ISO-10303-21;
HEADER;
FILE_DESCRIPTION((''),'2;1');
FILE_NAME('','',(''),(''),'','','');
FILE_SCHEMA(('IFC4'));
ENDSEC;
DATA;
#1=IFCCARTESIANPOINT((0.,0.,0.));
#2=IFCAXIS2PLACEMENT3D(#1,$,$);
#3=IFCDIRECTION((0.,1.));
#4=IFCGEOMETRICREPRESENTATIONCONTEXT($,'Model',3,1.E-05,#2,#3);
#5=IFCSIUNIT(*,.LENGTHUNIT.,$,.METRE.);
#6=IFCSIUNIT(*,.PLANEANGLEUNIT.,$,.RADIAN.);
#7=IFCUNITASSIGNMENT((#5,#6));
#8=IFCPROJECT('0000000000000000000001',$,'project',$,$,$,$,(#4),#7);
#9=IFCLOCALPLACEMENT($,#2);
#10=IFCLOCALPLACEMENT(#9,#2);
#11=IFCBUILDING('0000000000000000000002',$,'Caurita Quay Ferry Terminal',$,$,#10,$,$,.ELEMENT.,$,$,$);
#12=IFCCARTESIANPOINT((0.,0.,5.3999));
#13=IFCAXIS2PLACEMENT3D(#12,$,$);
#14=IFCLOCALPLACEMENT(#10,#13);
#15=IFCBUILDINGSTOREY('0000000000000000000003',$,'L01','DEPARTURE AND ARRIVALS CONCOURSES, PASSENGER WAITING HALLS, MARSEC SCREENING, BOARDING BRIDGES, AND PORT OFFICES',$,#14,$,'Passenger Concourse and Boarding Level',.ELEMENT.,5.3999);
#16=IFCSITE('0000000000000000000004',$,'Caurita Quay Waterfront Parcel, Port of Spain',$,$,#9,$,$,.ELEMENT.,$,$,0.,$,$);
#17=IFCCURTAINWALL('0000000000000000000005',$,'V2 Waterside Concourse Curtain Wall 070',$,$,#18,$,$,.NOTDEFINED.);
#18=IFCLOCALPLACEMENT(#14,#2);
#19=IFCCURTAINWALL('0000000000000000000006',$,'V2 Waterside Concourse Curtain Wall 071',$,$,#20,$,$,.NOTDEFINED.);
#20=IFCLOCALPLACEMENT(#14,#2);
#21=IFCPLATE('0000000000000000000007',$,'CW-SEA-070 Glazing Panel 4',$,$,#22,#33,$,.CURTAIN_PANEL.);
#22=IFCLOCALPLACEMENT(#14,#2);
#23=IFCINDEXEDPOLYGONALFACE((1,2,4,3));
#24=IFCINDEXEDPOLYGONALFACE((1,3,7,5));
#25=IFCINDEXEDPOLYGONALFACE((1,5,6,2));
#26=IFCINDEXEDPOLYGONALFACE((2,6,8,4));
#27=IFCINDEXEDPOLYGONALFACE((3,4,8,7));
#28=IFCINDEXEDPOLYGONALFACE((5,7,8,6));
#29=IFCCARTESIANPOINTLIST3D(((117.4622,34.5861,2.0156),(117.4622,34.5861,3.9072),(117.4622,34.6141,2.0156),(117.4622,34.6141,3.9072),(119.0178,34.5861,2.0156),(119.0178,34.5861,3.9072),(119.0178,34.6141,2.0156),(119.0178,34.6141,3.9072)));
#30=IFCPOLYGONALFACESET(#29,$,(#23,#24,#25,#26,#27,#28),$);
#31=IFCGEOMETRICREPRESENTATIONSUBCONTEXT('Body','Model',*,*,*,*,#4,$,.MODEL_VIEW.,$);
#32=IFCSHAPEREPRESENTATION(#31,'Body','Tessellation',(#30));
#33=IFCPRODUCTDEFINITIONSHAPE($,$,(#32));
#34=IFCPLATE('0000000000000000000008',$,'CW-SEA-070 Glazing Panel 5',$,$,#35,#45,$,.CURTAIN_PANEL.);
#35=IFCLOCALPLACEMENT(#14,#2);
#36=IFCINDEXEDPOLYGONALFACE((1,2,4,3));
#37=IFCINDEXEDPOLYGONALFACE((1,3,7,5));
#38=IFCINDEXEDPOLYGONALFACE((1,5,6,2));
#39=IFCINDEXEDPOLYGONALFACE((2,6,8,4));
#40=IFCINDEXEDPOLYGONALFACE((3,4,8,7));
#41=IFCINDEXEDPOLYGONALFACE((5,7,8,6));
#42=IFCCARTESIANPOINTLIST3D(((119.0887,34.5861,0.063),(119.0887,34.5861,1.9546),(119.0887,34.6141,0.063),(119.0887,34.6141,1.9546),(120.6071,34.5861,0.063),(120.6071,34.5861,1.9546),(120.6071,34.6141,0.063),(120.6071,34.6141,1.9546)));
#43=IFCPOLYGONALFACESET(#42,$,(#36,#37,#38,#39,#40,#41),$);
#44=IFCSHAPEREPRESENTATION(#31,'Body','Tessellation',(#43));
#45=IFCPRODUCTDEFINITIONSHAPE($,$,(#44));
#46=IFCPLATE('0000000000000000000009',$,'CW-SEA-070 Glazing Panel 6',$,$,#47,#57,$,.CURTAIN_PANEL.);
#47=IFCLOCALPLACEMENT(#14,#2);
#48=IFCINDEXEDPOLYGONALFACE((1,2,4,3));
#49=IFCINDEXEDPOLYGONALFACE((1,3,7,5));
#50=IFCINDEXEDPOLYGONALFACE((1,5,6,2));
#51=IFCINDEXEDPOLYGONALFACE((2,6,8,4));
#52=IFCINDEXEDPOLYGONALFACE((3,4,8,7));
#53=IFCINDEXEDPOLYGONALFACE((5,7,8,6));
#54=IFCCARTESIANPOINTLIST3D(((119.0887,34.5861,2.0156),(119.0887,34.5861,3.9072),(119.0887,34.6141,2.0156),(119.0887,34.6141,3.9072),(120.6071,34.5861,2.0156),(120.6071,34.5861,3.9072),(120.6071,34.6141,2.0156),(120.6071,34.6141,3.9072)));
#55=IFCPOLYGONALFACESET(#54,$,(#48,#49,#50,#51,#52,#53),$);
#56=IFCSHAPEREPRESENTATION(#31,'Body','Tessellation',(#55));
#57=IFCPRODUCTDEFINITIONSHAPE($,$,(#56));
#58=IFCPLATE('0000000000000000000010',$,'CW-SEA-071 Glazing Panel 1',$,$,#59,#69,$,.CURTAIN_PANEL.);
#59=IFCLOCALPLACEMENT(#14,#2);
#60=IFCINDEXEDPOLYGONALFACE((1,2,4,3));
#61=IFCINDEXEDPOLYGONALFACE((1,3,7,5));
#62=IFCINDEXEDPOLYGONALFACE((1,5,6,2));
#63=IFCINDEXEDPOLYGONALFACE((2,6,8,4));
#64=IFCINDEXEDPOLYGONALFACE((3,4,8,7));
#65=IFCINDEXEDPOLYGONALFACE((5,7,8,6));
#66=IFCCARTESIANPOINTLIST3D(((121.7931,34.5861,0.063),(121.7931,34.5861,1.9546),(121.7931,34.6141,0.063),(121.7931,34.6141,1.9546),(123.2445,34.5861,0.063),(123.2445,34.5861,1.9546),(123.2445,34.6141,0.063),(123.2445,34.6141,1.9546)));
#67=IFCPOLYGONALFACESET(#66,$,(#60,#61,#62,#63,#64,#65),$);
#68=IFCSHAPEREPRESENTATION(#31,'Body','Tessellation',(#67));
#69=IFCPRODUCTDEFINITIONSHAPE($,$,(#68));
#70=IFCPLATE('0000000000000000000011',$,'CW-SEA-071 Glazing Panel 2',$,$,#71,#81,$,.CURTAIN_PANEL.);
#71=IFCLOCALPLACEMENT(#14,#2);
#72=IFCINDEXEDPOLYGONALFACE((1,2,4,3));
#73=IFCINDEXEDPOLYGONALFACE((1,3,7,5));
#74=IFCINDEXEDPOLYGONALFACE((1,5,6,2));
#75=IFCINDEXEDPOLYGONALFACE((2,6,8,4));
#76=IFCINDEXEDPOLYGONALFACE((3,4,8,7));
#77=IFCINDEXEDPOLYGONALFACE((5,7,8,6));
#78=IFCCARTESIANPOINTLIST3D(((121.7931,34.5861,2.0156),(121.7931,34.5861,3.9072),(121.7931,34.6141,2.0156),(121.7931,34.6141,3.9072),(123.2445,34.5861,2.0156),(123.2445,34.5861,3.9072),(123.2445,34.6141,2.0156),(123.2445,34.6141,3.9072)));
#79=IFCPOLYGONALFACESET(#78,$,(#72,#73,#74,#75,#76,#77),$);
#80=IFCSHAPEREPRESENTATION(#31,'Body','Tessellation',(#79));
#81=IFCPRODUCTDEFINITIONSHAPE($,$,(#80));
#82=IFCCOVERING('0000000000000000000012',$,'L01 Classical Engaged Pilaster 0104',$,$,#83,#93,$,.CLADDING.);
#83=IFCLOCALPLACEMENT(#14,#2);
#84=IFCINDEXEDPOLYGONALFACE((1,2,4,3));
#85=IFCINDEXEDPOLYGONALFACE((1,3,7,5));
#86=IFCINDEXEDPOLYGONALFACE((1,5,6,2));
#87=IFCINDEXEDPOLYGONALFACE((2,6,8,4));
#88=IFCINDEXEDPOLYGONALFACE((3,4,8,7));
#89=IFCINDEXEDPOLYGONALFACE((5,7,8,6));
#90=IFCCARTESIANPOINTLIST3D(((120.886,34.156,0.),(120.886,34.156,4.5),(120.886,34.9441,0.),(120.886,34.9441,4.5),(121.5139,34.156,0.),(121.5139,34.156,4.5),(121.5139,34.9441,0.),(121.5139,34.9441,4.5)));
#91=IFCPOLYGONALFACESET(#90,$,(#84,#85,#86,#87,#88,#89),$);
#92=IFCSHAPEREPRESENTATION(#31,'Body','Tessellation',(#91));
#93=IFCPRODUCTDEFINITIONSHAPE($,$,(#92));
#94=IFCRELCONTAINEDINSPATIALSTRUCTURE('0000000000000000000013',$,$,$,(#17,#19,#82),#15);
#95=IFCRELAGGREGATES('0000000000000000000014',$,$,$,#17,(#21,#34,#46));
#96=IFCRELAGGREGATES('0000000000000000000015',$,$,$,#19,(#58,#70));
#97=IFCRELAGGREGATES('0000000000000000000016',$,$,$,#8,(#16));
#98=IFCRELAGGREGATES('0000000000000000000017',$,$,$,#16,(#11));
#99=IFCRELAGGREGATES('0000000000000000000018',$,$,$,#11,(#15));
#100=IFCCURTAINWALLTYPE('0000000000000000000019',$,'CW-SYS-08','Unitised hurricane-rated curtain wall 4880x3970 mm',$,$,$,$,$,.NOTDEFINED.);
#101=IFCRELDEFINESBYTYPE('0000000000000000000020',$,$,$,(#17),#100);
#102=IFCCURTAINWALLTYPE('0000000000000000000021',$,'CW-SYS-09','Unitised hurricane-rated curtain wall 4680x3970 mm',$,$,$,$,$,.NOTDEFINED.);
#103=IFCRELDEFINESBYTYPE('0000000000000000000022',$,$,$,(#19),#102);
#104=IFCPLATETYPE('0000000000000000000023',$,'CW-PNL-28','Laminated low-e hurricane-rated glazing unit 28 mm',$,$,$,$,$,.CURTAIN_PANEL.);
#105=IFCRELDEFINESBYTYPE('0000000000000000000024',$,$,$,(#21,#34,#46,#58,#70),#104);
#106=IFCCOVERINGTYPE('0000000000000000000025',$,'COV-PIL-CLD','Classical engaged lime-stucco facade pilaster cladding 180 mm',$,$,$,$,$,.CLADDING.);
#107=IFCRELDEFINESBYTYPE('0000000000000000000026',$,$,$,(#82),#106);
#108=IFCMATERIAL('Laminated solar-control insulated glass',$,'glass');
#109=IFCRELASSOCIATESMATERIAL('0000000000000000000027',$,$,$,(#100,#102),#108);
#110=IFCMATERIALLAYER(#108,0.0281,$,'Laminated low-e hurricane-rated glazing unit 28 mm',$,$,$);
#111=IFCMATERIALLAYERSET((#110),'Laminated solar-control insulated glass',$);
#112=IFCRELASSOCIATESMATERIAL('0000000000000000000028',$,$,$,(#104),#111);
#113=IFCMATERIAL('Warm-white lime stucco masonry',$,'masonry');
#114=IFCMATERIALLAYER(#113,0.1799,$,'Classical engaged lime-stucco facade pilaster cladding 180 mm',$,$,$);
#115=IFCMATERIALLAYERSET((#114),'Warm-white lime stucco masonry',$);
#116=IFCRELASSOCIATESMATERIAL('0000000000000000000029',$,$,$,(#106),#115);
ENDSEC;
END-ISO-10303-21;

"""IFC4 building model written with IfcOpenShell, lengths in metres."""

from ifc_helpers import new_model, si_unit, direction, frame, origin, origin_2d, place, context, subcontext, project, spatial, rectangle, extrude, material, layer, layer_set, type_object, element, aggregate, save


model = new_model("IFC4")

# Units and contexts
model_context = context("Model", 3, precision=1e-05, world=origin(), true_north=direction((0.0, 1.0)))
body_context = subcontext(model_context, "Body", "Model", "MODEL_VIEW")
ifc_project = project(units=[si_unit("LENGTHUNIT", "METRE"), si_unit("PLANEANGLEUNIT", "RADIAN")], contexts=[model_context])

# Site, building, storey
site_placement = place(None, origin())
site = spatial("IfcSite", under=ifc_project, at=site_placement, Name="Caurita Quay Waterfront Parcel, Port of Spain", CompositionType="ELEMENT", RefElevation=0.0)
building_placement = place(site_placement, origin())
building = spatial("IfcBuilding", under=site, at=building_placement, Name="Caurita Quay Ferry Terminal", CompositionType="ELEMENT")
storey_placement = place(building_placement, frame((0.0, 0.0, 5.3999)))
storey = spatial("IfcBuildingStorey", under=building, at=storey_placement, Name="L01", Description="DEPARTURE AND ARRIVALS CONCOURSES, PASSENGER WAITING HALLS, MARSEC SCREENING, BOARDING BRIDGES, AND PORT OFFICES", LongName="Passenger Concourse and Boarding Level", CompositionType="ELEMENT", Elevation=5.3999)

# Curtain walls
ifc_material_1 = material(Name="Laminated solar-control insulated glass", Category="glass")
curtain_wall_type_1 = type_object("IfcCurtainWallType", Name="CW-SYS-08", Description="Unitised hurricane-rated curtain wall 4880x3970 mm", PredefinedType="NOTDEFINED", material=ifc_material_1)
curtain_wall_1_placement = place(storey_placement, origin())
curtain_wall_1 = element("IfcCurtainWall", 1, at=curtain_wall_1_placement, inside=storey, type_object=curtain_wall_type_1, Name="V2 Waterside Concourse Curtain Wall 070", PredefinedType="NOTDEFINED")
curtain_wall_type_2 = type_object("IfcCurtainWallType", Name="CW-SYS-09", Description="Unitised hurricane-rated curtain wall 4680x3970 mm", PredefinedType="NOTDEFINED", material=ifc_material_1)
curtain_wall_2_placement = place(storey_placement, origin())
curtain_wall_2 = element("IfcCurtainWall", 2, at=curtain_wall_2_placement, inside=storey, type_object=curtain_wall_type_2, Name="V2 Waterside Concourse Curtain Wall 071", PredefinedType="NOTDEFINED")

# Plates
ifc_layer_1 = layer(ifc_material_1, 0.0281, Name="Laminated low-e hurricane-rated glazing unit 28 mm")
ifc_layer_set_1 = layer_set([ifc_layer_1], Name="Laminated solar-control insulated glass")
plate_type = type_object("IfcPlateType", Name="CW-PNL-28", Description="Laminated low-e hurricane-rated glazing unit 28 mm", PredefinedType="CURTAIN_PANEL", material=ifc_layer_set_1)
plate_1_placement = place(storey_placement, frame((118.24, 34.6001, 2.0156), z_axis=(0.0, 0.0, 1.0), x_axis=(1.0, 0.0, 0.0)))
plate_1 = element("IfcPlate", 3, at=plate_1_placement, type_object=plate_type, Name="CW-SEA-070 Glazing Panel 4", PredefinedType="CURTAIN_PANEL", context=body_context, shape_type="SweptSolid", body=[
    extrude(rectangle(XDim=1.5557, YDim=0.0281, at=origin_2d()), origin(), (0.0, 0.0, 1.0), 1.8916),
])
plate_2_placement = place(storey_placement, frame((119.8479, 34.6001, 0.063), z_axis=(0.0, 0.0, 1.0), x_axis=(1.0, 0.0, 0.0)))
plate_2 = element("IfcPlate", 4, at=plate_2_placement, type_object=plate_type, Name="CW-SEA-070 Glazing Panel 5", PredefinedType="CURTAIN_PANEL", context=body_context, shape_type="SweptSolid", body=[
    extrude(rectangle(XDim=1.5183, YDim=0.0281, at=origin_2d()), origin(), (0.0, 0.0, 1.0), 1.8916),
])
plate_3_placement = place(storey_placement, frame((119.8479, 34.6001, 2.0156), z_axis=(0.0, 0.0, 1.0), x_axis=(1.0, 0.0, 0.0)))
plate_3 = element("IfcPlate", 5, at=plate_3_placement, type_object=plate_type, Name="CW-SEA-070 Glazing Panel 6", PredefinedType="CURTAIN_PANEL", context=body_context, shape_type="SweptSolid", body=[
    extrude(rectangle(XDim=1.5183, YDim=0.0281, at=origin_2d()), origin(), (0.0, 0.0, 1.0), 1.8916),
])
aggregate(curtain_wall_1, [plate_1, plate_2, plate_3])
plate_4_placement = place(storey_placement, frame((122.5188, 34.6001, 0.063), z_axis=(0.0, 0.0, 1.0), x_axis=(1.0, 0.0, 0.0)))
plate_4 = element("IfcPlate", 6, at=plate_4_placement, type_object=plate_type, Name="CW-SEA-071 Glazing Panel 1", PredefinedType="CURTAIN_PANEL", context=body_context, shape_type="SweptSolid", body=[
    extrude(rectangle(XDim=1.4514, YDim=0.0281, at=origin_2d()), origin(), (0.0, 0.0, 1.0), 1.8916),
])
plate_5_placement = place(storey_placement, frame((122.5188, 34.6001, 2.0156), z_axis=(0.0, 0.0, 1.0), x_axis=(1.0, 0.0, 0.0)))
plate_5 = element("IfcPlate", 7, at=plate_5_placement, type_object=plate_type, Name="CW-SEA-071 Glazing Panel 2", PredefinedType="CURTAIN_PANEL", context=body_context, shape_type="SweptSolid", body=[
    extrude(rectangle(XDim=1.4514, YDim=0.0281, at=origin_2d()), origin(), (0.0, 0.0, 1.0), 1.8916),
])
aggregate(curtain_wall_2, [plate_4, plate_5])

# Covering
ifc_material_2 = material(Name="Warm-white lime stucco masonry", Category="masonry")
ifc_layer_2 = layer(ifc_material_2, 0.1799, Name="Classical engaged lime-stucco facade pilaster cladding 180 mm")
ifc_layer_set_2 = layer_set([ifc_layer_2], Name="Warm-white lime stucco masonry")
covering_type = type_object("IfcCoveringType", Name="COV-PIL-CLD", Description="Classical engaged lime-stucco facade pilaster cladding 180 mm", PredefinedType="CLADDING", material=ifc_layer_set_2)
covering_placement = place(storey_placement, frame((121.2, 34.55, 0.0), z_axis=(0.0, 0.0, 1.0), x_axis=(1.0, 0.0, 0.0)))
element("IfcCovering", 8, at=covering_placement, inside=storey, type_object=covering_type, Name="L01 Classical Engaged Pilaster 0104", PredefinedType="CLADDING", context=body_context, shape_type="SweptSolid", body=[
    extrude(rectangle(XDim=0.6279, YDim=0.7881, at=origin_2d()), origin(), (0.0, 0.0, 1.0), 4.5),
])

save(model, "model.ifc")
